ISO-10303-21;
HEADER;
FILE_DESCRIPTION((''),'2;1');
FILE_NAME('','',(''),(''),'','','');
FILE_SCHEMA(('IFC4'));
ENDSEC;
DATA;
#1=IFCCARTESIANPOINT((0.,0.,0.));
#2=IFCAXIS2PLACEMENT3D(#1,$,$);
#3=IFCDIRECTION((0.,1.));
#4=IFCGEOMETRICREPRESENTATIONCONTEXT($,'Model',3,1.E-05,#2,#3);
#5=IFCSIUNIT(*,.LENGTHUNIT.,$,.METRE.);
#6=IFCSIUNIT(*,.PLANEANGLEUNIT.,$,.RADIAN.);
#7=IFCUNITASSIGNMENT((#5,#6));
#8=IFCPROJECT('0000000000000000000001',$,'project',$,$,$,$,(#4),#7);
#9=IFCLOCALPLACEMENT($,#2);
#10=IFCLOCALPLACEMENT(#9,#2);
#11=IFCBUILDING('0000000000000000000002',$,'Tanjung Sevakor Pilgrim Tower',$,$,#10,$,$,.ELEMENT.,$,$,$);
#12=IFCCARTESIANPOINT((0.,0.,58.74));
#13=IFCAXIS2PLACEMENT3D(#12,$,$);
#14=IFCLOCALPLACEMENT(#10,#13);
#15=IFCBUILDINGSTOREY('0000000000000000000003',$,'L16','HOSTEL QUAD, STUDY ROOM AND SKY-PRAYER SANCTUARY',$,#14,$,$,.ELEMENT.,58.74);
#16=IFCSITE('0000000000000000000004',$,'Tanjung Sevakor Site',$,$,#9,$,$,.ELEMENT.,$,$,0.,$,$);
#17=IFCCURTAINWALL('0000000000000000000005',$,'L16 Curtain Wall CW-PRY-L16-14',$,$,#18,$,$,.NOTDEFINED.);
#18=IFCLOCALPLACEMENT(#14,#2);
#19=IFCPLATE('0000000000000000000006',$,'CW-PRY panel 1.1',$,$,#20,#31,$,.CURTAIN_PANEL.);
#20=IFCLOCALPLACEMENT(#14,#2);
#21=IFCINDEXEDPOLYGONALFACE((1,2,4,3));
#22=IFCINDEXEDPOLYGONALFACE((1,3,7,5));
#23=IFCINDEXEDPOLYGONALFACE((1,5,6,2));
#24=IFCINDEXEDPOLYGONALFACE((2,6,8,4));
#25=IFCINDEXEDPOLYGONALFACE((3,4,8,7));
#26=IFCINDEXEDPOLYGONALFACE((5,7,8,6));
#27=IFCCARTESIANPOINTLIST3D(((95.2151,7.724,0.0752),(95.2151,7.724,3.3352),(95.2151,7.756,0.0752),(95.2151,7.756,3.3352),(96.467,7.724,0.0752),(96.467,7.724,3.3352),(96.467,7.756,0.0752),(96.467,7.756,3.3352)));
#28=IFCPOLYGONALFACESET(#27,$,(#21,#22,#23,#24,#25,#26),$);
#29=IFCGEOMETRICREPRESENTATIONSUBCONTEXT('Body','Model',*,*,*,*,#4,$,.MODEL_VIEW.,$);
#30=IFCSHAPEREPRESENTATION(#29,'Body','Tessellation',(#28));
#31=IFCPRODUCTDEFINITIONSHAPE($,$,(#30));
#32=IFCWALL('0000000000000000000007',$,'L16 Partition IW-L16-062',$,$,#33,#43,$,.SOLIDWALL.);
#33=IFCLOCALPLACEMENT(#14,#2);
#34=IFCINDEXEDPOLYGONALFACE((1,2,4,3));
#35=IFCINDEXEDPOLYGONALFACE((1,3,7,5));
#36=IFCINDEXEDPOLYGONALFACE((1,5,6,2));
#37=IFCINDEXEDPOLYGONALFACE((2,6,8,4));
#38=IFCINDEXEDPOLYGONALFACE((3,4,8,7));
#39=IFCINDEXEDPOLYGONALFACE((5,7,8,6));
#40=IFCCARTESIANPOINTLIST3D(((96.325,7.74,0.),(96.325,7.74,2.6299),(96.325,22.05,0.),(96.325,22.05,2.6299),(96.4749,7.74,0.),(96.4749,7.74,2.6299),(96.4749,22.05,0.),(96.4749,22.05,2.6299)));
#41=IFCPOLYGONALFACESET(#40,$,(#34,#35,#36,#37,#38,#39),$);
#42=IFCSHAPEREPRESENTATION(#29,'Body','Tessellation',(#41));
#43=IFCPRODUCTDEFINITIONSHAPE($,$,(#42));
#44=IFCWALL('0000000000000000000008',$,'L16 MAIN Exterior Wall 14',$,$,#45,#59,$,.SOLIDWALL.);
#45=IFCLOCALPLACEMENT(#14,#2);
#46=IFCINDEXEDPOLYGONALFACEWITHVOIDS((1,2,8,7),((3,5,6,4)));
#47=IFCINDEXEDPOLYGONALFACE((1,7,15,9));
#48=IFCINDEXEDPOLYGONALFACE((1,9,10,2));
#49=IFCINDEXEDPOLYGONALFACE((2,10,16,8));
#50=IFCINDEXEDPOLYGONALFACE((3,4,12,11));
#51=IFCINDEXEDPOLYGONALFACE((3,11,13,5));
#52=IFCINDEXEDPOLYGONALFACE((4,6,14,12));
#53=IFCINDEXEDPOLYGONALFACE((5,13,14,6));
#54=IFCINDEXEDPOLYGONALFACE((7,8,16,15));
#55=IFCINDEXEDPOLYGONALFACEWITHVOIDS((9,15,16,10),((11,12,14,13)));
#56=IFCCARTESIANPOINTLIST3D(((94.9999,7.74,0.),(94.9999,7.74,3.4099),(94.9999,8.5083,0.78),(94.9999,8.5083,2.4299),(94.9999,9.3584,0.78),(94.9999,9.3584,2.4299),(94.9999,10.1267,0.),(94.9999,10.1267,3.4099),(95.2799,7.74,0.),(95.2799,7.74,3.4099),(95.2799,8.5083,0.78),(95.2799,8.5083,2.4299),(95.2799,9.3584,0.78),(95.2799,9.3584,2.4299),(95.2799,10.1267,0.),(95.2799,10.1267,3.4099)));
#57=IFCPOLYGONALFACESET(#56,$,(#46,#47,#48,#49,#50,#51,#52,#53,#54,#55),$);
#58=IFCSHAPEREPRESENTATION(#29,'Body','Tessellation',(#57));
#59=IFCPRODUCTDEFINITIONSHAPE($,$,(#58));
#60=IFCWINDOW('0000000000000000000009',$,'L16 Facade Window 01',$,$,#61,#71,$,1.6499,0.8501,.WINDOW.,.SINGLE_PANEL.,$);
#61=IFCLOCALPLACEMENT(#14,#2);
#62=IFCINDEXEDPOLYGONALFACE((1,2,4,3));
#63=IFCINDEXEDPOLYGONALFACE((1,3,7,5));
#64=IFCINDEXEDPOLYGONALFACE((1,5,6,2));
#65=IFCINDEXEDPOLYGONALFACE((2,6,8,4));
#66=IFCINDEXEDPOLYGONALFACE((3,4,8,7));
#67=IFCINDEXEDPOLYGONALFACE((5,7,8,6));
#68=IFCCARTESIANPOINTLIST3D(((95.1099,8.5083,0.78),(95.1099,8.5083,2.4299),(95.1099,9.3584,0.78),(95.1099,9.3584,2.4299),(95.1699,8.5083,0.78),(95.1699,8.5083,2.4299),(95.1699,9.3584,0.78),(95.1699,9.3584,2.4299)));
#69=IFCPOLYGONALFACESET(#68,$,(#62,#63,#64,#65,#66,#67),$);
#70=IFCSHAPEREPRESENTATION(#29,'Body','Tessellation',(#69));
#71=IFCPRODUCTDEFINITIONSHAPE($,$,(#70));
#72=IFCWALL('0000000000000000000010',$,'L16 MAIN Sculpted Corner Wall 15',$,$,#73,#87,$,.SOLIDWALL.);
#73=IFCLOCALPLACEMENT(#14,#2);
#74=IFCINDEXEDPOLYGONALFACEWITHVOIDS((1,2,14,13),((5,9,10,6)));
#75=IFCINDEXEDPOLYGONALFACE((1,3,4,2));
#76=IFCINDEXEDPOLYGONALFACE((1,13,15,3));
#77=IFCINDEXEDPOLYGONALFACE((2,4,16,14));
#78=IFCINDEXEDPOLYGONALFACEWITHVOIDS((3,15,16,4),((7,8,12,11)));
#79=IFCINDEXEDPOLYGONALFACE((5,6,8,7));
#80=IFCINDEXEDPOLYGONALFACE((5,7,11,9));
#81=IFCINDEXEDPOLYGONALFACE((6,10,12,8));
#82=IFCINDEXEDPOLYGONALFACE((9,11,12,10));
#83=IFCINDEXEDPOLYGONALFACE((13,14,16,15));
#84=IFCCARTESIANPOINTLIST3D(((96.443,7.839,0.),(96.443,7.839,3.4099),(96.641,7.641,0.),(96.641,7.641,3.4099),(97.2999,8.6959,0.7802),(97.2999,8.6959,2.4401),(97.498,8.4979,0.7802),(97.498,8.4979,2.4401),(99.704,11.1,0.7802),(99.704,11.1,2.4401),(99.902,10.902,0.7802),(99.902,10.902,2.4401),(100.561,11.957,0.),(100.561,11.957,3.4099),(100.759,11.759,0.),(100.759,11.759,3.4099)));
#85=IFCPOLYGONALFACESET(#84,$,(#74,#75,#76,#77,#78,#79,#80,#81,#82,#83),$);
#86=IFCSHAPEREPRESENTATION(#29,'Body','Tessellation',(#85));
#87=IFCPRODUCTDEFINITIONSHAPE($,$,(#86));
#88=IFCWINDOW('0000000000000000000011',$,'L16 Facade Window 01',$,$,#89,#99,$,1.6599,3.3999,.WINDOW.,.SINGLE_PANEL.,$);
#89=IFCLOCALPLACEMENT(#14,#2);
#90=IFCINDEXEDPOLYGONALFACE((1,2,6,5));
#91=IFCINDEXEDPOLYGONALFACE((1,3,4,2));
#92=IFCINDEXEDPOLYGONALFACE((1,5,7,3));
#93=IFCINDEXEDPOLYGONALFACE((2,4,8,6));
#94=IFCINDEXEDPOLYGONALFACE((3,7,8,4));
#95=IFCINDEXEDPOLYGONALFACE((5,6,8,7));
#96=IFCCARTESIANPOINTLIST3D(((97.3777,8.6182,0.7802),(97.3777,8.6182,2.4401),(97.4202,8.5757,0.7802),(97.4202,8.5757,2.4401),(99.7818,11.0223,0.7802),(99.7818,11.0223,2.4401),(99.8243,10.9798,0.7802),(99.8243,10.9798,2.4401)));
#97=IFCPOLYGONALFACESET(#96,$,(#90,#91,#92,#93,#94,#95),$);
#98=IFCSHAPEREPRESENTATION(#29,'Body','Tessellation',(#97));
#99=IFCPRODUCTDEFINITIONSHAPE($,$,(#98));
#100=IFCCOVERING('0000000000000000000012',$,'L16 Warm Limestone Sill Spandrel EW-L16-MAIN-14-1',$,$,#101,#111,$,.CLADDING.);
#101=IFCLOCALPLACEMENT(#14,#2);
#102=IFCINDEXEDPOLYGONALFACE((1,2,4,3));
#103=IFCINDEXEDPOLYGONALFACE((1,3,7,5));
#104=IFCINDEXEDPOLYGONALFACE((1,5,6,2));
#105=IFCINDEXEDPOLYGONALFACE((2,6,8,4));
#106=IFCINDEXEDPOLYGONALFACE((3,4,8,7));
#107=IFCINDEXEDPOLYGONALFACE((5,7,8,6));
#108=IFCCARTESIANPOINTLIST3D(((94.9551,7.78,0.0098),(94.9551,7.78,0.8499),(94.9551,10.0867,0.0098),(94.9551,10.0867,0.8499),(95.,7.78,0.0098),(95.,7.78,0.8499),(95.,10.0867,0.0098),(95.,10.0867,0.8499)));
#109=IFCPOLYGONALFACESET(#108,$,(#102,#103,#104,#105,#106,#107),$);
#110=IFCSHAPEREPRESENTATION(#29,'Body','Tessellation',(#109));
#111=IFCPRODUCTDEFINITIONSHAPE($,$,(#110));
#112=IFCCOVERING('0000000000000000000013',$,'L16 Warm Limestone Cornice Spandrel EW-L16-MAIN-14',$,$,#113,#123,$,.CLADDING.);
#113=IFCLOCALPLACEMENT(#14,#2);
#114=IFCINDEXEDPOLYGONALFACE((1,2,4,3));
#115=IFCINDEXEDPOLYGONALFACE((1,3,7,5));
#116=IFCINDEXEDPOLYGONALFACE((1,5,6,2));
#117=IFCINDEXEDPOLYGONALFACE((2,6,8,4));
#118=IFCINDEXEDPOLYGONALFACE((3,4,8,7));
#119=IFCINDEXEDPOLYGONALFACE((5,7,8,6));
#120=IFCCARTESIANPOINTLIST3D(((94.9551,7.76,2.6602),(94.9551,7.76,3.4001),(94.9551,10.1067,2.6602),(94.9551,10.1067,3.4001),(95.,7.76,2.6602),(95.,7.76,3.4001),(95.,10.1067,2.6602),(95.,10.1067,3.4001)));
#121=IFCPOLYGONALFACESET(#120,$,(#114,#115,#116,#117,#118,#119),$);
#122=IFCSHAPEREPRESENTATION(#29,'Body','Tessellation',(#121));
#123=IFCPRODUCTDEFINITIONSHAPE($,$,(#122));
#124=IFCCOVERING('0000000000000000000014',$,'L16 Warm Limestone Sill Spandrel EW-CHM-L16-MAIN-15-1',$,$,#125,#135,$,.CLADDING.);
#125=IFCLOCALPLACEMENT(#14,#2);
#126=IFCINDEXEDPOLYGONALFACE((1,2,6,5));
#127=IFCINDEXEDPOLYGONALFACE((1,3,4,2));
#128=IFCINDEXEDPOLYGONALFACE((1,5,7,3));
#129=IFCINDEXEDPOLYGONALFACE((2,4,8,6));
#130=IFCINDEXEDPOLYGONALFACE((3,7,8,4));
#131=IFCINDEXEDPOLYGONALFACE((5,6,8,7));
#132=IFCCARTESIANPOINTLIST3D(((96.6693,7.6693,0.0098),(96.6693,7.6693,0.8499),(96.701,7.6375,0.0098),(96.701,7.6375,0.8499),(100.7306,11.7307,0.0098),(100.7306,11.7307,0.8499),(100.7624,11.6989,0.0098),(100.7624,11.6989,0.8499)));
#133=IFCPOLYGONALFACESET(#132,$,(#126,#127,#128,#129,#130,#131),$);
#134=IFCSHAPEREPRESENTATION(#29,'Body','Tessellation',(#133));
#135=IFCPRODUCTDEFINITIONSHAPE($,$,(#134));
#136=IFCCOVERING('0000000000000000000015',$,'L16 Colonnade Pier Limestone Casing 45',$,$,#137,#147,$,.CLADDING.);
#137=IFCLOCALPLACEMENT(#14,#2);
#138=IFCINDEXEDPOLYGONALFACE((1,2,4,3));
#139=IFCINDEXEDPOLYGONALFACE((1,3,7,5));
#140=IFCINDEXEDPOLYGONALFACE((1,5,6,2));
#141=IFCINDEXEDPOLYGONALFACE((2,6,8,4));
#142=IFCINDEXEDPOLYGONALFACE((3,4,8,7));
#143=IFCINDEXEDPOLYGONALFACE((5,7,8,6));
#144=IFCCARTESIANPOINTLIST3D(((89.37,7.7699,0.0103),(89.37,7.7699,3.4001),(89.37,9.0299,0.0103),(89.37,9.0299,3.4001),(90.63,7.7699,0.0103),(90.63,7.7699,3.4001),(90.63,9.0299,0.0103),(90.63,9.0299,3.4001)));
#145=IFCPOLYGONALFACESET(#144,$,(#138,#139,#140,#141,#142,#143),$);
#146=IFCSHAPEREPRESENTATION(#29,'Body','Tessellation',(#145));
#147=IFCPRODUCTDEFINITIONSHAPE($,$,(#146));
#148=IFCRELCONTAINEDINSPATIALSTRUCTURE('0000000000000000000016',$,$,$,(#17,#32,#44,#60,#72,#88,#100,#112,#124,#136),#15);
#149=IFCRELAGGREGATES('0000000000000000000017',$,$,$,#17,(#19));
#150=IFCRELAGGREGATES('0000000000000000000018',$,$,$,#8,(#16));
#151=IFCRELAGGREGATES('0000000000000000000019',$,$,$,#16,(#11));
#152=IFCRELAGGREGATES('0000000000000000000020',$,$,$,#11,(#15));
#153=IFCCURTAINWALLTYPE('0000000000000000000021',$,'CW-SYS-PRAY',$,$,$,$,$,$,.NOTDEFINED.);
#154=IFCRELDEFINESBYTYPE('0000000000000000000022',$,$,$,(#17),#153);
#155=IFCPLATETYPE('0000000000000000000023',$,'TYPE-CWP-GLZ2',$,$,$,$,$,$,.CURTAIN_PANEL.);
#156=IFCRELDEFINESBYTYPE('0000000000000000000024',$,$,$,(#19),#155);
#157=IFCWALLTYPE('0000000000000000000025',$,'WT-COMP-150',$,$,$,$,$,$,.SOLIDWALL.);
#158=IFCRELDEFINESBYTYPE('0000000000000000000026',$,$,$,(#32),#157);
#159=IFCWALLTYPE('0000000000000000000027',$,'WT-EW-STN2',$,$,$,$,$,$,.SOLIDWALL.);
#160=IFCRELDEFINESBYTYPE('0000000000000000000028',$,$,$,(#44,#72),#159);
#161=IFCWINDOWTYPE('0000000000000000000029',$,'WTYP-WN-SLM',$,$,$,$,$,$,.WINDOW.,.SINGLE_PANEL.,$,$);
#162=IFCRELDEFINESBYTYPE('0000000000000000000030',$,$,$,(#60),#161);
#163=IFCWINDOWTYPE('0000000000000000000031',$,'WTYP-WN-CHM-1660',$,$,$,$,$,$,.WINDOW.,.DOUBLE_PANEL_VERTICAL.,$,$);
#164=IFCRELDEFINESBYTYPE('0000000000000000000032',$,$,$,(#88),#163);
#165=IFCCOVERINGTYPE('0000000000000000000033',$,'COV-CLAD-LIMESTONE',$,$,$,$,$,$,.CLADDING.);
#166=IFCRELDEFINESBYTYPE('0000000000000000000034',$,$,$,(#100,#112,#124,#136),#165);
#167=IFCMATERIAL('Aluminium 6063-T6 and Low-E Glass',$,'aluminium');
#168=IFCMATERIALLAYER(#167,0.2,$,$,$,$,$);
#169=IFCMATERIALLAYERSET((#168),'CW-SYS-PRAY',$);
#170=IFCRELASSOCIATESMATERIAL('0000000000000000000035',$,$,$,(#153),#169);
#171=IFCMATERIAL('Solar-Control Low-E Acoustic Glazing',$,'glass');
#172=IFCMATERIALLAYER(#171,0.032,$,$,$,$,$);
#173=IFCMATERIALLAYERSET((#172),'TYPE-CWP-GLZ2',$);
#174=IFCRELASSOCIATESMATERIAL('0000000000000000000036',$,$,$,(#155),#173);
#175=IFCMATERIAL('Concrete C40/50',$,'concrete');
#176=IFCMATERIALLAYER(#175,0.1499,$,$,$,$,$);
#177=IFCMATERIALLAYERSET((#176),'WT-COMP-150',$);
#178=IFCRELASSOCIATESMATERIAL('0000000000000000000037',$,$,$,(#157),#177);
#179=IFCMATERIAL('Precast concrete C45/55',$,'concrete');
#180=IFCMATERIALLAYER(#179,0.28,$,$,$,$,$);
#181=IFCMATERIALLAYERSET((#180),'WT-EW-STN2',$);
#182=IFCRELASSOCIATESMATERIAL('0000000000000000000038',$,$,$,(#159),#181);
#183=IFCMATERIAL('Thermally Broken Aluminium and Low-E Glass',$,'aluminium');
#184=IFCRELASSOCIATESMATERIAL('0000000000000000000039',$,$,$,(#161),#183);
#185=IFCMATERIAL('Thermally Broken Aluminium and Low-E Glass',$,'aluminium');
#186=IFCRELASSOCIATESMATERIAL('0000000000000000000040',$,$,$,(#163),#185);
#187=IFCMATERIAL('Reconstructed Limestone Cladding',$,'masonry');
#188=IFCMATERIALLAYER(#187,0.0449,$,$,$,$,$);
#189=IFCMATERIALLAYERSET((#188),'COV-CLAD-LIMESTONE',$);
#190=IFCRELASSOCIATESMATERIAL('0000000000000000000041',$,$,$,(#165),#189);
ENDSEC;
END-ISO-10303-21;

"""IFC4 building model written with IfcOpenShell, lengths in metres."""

from ifc_helpers import new_model, si_unit, direction, frame, frame_2d, origin, origin_2d, place, context, subcontext, project, spatial, rectangle, extrude, material, layer, layer_set, type_object, element, fill, aggregate, save


model = new_model("IFC4")

# Units and contexts
model_context = context("Model", 3, precision=1e-05, world=origin(), true_north=direction((0.0, 1.0)))
body_context = subcontext(model_context, "Body", "Model", "MODEL_VIEW")
ifc_project = project(units=[si_unit("LENGTHUNIT", "METRE"), si_unit("PLANEANGLEUNIT", "RADIAN")], contexts=[model_context])

# Site, building, storey
site_placement = place(None, origin())
site = spatial("IfcSite", under=ifc_project, at=site_placement, Name="Tanjung Sevakor Site", CompositionType="ELEMENT", RefElevation=0.0)
building_placement = place(site_placement, origin())
building = spatial("IfcBuilding", under=site, at=building_placement, Name="Tanjung Sevakor Pilgrim Tower", CompositionType="ELEMENT")
storey_placement = place(building_placement, frame((0.0, 0.0, 58.74)))
storey = spatial("IfcBuildingStorey", under=building, at=storey_placement, Name="L16", Description="HOSTEL QUAD, STUDY ROOM AND SKY-PRAYER SANCTUARY", CompositionType="ELEMENT", Elevation=58.74)

# Shared definitions
ifc_material_1 = material(Name="Aluminium 6063-T6 and Low-E Glass", Category="aluminium")
ifc_layer_1 = layer(ifc_material_1, 0.2)
ifc_layer_set_1 = layer_set([ifc_layer_1], Name="CW-SYS-PRAY")
curtain_wall_type = type_object("IfcCurtainWallType", Name="CW-SYS-PRAY", PredefinedType="NOTDEFINED", material=ifc_layer_set_1)

# Curtain wall
curtain_wall_1_placement = place(storey_placement, origin())
curtain_wall_1 = element("IfcCurtainWall", 1, at=curtain_wall_1_placement, inside=storey, type_object=curtain_wall_type, Name="L16 Curtain Wall CW-PRY-L16-14", PredefinedType="NOTDEFINED")

# Plate
ifc_material_2 = material(Name="Solar-Control Low-E Acoustic Glazing", Category="glass")
ifc_layer_2 = layer(ifc_material_2, 0.032)
ifc_layer_set_2 = layer_set([ifc_layer_2], Name="TYPE-CWP-GLZ2")
plate_type = type_object("IfcPlateType", Name="TYPE-CWP-GLZ2", PredefinedType="CURTAIN_PANEL", material=ifc_layer_set_2)
plate_1_placement = place(storey_placement, frame((95.8411, 7.74, 0.0752), z_axis=(0.0, 0.0, 1.0), x_axis=(1.0, 0.0, 0.0)))
plate_1 = element("IfcPlate", 2, at=plate_1_placement, type_object=plate_type, Name="CW-PRY panel 1.1", PredefinedType="CURTAIN_PANEL", context=body_context, shape_type="SweptSolid", body=[
    extrude(rectangle(XDim=1.252, YDim=0.032, at=origin_2d()), origin(), (0.0, 0.0, 1.0), 3.26),
])
aggregate(curtain_wall_1, [plate_1])

# Wall
ifc_material_3 = material(Name="Concrete C40/50", Category="concrete")
ifc_layer_3 = layer(ifc_material_3, 0.1499)
ifc_layer_set_3 = layer_set([ifc_layer_3], Name="WT-COMP-150")
wall_type_1 = type_object("IfcWallType", Name="WT-COMP-150", PredefinedType="SOLIDWALL", material=ifc_layer_set_3)
wall_1_placement = place(storey_placement, frame((96.3999, 7.74, 0.0), z_axis=(0.0, 0.0, 1.0), x_axis=(0.0, 1.0, 0.0)))
element("IfcWall", 3, at=wall_1_placement, inside=storey, type_object=wall_type_1, Name="L16 Partition IW-L16-062", PredefinedType="SOLIDWALL", context=body_context, shape_type="SweptSolid", body=[
    extrude(rectangle(XDim=14.3101, YDim=0.1499, at=frame_2d((7.155, 0.0))), origin(), (0.0, 0.0, 1.0), 2.6299),
])

# Walls, openings, windows
ifc_material_4 = material(Name="Precast concrete C45/55", Category="concrete")
ifc_layer_4 = layer(ifc_material_4, 0.28)
ifc_layer_set_4 = layer_set([ifc_layer_4], Name="WT-EW-STN2")
wall_type_2 = type_object("IfcWallType", Name="WT-EW-STN2", PredefinedType="SOLIDWALL", material=ifc_layer_set_4)
wall_2_placement = place(storey_placement, frame((95.1399, 10.1267, 0.0), z_axis=(0.0, 0.0, 1.0), x_axis=(0.0, -1.0, 0.0)))
wall_2 = element("IfcWall", 4, at=wall_2_placement, inside=storey, type_object=wall_type_2, Name="L16 MAIN Exterior Wall 14", PredefinedType="SOLIDWALL", context=body_context, shape_type="SweptSolid", body=[
    extrude(rectangle(XDim=2.3867, YDim=0.28, at=frame_2d((1.1934, 0.0))), origin(), (0.0, 0.0, 1.0), 3.4099),
])
opening_1_placement = place(wall_2_placement, frame((0.7683, 0.0, 0.78)))
opening_1 = element("IfcOpeningElement", 5, at=opening_1_placement, cuts=wall_2, PredefinedType="OPENING", context=body_context, shape_type="SweptSolid", body=[
    extrude(rectangle(XDim=0.8501, YDim=1.6499, at=frame_2d((0.425, 0.825))), frame((0.0, 0.1499, 0.0), z_axis=(0.0, -1.0, 0.0), x_axis=(1.0, 0.0, 0.0)), (0.0, 0.0, 1.0), 0.3),
])
ifc_material_5 = material(Name="Thermally Broken Aluminium and Low-E Glass", Category="aluminium")
window_type_1 = type_object("IfcWindowType", Name="WTYP-WN-SLM", PartitioningType="SINGLE_PANEL", PredefinedType="WINDOW", material=ifc_material_5)
window_1_placement = place(opening_1_placement, origin())
window_1 = element("IfcWindow", 6, at=window_1_placement, inside=storey, type_object=window_type_1, Name="L16 Facade Window 01", OverallHeight=1.6499, OverallWidth=0.8501, PartitioningType="SINGLE_PANEL", PredefinedType="WINDOW", context=body_context, shape_type="SweptSolid", body=[
    extrude(rectangle(XDim=0.8501, YDim=1.6499, at=frame_2d((0.425, 0.825))), frame((0.0, 0.03, 0.0), z_axis=(0.0, -1.0, 0.0), x_axis=(1.0, 0.0, 0.0)), (0.0, 0.0, 1.0), 0.0601),
])
fill(opening_1, window_1)
wall_3_placement = place(storey_placement, frame((96.542, 7.74, 0.0), z_axis=(0.0, 0.0, 1.0), x_axis=(0.707107, 0.707107, 0.0)))
wall_3 = element("IfcWall", 7, at=wall_3_placement, inside=storey, type_object=wall_type_2, Name="L16 MAIN Sculpted Corner Wall 15", PredefinedType="SOLIDWALL", context=body_context, shape_type="SweptSolid", body=[
    extrude(rectangle(XDim=5.8237, YDim=0.28, at=frame_2d((2.9119, 0.0))), origin(), (0.0, 0.0, 1.0), 3.4099),
])
opening_2_placement = place(wall_3_placement, frame((1.2119, 0.0, 0.78)))
opening_2 = element("IfcOpeningElement", 8, at=opening_2_placement, cuts=wall_3, PredefinedType="OPENING", context=body_context, shape_type="SweptSolid", body=[
    extrude(rectangle(XDim=3.3999, YDim=1.6599, at=frame_2d((1.7, 0.8301))), frame((0.0, 0.1499, 0.0), z_axis=(0.0, -1.0, 0.0), x_axis=(1.0, 0.0, 0.0)), (0.0, 0.0, 1.0), 0.3),
])
ifc_material_6 = material(Name="Thermally Broken Aluminium and Low-E Glass", Category="aluminium")
window_type_2 = type_object("IfcWindowType", Name="WTYP-WN-CHM-1660", PartitioningType="DOUBLE_PANEL_VERTICAL", PredefinedType="WINDOW", material=ifc_material_6)
window_2_placement = place(opening_2_placement, origin())
window_2 = element("IfcWindow", 9, at=window_2_placement, inside=storey, type_object=window_type_2, Name="L16 Facade Window 01", OverallHeight=1.6599, OverallWidth=3.3999, PartitioningType="SINGLE_PANEL", PredefinedType="WINDOW", context=body_context, shape_type="SweptSolid", body=[
    extrude(rectangle(XDim=3.3999, YDim=1.6599, at=frame_2d((1.7, 0.8301))), frame((0.0, 0.03, 0.0), z_axis=(0.0, -1.0, 0.0), x_axis=(1.0, 0.0, 0.0)), (0.0, 0.0, 1.0), 0.0601),
])
fill(opening_2, window_2)

# Coverings
ifc_material_7 = material(Name="Reconstructed Limestone Cladding", Category="masonry")
ifc_layer_5 = layer(ifc_material_7, 0.0449)
ifc_layer_set_5 = layer_set([ifc_layer_5], Name="COV-CLAD-LIMESTONE")
covering_type = type_object("IfcCoveringType", Name="COV-CLAD-LIMESTONE", PredefinedType="CLADDING", material=ifc_layer_set_5)
covering_1_placement = place(storey_placement, frame((94.9775, 8.9333, 0.0098), z_axis=(0.0, 0.0, 1.0), x_axis=(0.0, -1.0, 0.0)))
element("IfcCovering", 10, at=covering_1_placement, inside=storey, type_object=covering_type, Name="L16 Warm Limestone Sill Spandrel EW-L16-MAIN-14-1", PredefinedType="CLADDING", context=body_context, shape_type="SweptSolid", body=[
    extrude(rectangle(XDim=2.3066, YDim=0.0449, at=origin_2d()), origin(), (0.0, 0.0, 1.0), 0.8401),
])
covering_2_placement = place(storey_placement, frame((94.9775, 8.9333, 2.6602), z_axis=(0.0, 0.0, 1.0), x_axis=(0.0, -1.0, 0.0)))
element("IfcCovering", 11, at=covering_2_placement, inside=storey, type_object=covering_type, Name="L16 Warm Limestone Cornice Spandrel EW-L16-MAIN-14", PredefinedType="CLADDING", context=body_context, shape_type="SweptSolid", body=[
    extrude(rectangle(XDim=2.3467, YDim=0.0449, at=origin_2d()), origin(), (0.0, 0.0, 1.0), 0.74),
])
covering_3_placement = place(storey_placement, frame((98.7158, 9.6841, 0.0098), z_axis=(0.0, 0.0, 1.0), x_axis=(0.707107, 0.707107, 0.0)))
element("IfcCovering", 12, at=covering_3_placement, inside=storey, type_object=covering_type, Name="L16 Warm Limestone Sill Spandrel EW-CHM-L16-MAIN-15-1", PredefinedType="CLADDING", context=body_context, shape_type="SweptSolid", body=[
    extrude(rectangle(XDim=5.7437, YDim=0.0449, at=origin_2d()), origin(), (0.0, 0.0, 1.0), 0.8401),
])
covering_4_placement = place(storey_placement, frame((90.0, 8.3999, 0.0103), z_axis=(0.0, 0.0, 1.0), x_axis=(1.0, 0.0, 0.0)))
element("IfcCovering", 13, at=covering_4_placement, inside=storey, type_object=covering_type, Name="L16 Colonnade Pier Limestone Casing 45", PredefinedType="CLADDING", context=body_context, shape_type="SweptSolid", body=[
    extrude(rectangle(XDim=1.26, YDim=1.26, at=origin_2d()), origin(), (0.0, 0.0, 1.0), 3.3899),
])

save(model, "model.ifc")
